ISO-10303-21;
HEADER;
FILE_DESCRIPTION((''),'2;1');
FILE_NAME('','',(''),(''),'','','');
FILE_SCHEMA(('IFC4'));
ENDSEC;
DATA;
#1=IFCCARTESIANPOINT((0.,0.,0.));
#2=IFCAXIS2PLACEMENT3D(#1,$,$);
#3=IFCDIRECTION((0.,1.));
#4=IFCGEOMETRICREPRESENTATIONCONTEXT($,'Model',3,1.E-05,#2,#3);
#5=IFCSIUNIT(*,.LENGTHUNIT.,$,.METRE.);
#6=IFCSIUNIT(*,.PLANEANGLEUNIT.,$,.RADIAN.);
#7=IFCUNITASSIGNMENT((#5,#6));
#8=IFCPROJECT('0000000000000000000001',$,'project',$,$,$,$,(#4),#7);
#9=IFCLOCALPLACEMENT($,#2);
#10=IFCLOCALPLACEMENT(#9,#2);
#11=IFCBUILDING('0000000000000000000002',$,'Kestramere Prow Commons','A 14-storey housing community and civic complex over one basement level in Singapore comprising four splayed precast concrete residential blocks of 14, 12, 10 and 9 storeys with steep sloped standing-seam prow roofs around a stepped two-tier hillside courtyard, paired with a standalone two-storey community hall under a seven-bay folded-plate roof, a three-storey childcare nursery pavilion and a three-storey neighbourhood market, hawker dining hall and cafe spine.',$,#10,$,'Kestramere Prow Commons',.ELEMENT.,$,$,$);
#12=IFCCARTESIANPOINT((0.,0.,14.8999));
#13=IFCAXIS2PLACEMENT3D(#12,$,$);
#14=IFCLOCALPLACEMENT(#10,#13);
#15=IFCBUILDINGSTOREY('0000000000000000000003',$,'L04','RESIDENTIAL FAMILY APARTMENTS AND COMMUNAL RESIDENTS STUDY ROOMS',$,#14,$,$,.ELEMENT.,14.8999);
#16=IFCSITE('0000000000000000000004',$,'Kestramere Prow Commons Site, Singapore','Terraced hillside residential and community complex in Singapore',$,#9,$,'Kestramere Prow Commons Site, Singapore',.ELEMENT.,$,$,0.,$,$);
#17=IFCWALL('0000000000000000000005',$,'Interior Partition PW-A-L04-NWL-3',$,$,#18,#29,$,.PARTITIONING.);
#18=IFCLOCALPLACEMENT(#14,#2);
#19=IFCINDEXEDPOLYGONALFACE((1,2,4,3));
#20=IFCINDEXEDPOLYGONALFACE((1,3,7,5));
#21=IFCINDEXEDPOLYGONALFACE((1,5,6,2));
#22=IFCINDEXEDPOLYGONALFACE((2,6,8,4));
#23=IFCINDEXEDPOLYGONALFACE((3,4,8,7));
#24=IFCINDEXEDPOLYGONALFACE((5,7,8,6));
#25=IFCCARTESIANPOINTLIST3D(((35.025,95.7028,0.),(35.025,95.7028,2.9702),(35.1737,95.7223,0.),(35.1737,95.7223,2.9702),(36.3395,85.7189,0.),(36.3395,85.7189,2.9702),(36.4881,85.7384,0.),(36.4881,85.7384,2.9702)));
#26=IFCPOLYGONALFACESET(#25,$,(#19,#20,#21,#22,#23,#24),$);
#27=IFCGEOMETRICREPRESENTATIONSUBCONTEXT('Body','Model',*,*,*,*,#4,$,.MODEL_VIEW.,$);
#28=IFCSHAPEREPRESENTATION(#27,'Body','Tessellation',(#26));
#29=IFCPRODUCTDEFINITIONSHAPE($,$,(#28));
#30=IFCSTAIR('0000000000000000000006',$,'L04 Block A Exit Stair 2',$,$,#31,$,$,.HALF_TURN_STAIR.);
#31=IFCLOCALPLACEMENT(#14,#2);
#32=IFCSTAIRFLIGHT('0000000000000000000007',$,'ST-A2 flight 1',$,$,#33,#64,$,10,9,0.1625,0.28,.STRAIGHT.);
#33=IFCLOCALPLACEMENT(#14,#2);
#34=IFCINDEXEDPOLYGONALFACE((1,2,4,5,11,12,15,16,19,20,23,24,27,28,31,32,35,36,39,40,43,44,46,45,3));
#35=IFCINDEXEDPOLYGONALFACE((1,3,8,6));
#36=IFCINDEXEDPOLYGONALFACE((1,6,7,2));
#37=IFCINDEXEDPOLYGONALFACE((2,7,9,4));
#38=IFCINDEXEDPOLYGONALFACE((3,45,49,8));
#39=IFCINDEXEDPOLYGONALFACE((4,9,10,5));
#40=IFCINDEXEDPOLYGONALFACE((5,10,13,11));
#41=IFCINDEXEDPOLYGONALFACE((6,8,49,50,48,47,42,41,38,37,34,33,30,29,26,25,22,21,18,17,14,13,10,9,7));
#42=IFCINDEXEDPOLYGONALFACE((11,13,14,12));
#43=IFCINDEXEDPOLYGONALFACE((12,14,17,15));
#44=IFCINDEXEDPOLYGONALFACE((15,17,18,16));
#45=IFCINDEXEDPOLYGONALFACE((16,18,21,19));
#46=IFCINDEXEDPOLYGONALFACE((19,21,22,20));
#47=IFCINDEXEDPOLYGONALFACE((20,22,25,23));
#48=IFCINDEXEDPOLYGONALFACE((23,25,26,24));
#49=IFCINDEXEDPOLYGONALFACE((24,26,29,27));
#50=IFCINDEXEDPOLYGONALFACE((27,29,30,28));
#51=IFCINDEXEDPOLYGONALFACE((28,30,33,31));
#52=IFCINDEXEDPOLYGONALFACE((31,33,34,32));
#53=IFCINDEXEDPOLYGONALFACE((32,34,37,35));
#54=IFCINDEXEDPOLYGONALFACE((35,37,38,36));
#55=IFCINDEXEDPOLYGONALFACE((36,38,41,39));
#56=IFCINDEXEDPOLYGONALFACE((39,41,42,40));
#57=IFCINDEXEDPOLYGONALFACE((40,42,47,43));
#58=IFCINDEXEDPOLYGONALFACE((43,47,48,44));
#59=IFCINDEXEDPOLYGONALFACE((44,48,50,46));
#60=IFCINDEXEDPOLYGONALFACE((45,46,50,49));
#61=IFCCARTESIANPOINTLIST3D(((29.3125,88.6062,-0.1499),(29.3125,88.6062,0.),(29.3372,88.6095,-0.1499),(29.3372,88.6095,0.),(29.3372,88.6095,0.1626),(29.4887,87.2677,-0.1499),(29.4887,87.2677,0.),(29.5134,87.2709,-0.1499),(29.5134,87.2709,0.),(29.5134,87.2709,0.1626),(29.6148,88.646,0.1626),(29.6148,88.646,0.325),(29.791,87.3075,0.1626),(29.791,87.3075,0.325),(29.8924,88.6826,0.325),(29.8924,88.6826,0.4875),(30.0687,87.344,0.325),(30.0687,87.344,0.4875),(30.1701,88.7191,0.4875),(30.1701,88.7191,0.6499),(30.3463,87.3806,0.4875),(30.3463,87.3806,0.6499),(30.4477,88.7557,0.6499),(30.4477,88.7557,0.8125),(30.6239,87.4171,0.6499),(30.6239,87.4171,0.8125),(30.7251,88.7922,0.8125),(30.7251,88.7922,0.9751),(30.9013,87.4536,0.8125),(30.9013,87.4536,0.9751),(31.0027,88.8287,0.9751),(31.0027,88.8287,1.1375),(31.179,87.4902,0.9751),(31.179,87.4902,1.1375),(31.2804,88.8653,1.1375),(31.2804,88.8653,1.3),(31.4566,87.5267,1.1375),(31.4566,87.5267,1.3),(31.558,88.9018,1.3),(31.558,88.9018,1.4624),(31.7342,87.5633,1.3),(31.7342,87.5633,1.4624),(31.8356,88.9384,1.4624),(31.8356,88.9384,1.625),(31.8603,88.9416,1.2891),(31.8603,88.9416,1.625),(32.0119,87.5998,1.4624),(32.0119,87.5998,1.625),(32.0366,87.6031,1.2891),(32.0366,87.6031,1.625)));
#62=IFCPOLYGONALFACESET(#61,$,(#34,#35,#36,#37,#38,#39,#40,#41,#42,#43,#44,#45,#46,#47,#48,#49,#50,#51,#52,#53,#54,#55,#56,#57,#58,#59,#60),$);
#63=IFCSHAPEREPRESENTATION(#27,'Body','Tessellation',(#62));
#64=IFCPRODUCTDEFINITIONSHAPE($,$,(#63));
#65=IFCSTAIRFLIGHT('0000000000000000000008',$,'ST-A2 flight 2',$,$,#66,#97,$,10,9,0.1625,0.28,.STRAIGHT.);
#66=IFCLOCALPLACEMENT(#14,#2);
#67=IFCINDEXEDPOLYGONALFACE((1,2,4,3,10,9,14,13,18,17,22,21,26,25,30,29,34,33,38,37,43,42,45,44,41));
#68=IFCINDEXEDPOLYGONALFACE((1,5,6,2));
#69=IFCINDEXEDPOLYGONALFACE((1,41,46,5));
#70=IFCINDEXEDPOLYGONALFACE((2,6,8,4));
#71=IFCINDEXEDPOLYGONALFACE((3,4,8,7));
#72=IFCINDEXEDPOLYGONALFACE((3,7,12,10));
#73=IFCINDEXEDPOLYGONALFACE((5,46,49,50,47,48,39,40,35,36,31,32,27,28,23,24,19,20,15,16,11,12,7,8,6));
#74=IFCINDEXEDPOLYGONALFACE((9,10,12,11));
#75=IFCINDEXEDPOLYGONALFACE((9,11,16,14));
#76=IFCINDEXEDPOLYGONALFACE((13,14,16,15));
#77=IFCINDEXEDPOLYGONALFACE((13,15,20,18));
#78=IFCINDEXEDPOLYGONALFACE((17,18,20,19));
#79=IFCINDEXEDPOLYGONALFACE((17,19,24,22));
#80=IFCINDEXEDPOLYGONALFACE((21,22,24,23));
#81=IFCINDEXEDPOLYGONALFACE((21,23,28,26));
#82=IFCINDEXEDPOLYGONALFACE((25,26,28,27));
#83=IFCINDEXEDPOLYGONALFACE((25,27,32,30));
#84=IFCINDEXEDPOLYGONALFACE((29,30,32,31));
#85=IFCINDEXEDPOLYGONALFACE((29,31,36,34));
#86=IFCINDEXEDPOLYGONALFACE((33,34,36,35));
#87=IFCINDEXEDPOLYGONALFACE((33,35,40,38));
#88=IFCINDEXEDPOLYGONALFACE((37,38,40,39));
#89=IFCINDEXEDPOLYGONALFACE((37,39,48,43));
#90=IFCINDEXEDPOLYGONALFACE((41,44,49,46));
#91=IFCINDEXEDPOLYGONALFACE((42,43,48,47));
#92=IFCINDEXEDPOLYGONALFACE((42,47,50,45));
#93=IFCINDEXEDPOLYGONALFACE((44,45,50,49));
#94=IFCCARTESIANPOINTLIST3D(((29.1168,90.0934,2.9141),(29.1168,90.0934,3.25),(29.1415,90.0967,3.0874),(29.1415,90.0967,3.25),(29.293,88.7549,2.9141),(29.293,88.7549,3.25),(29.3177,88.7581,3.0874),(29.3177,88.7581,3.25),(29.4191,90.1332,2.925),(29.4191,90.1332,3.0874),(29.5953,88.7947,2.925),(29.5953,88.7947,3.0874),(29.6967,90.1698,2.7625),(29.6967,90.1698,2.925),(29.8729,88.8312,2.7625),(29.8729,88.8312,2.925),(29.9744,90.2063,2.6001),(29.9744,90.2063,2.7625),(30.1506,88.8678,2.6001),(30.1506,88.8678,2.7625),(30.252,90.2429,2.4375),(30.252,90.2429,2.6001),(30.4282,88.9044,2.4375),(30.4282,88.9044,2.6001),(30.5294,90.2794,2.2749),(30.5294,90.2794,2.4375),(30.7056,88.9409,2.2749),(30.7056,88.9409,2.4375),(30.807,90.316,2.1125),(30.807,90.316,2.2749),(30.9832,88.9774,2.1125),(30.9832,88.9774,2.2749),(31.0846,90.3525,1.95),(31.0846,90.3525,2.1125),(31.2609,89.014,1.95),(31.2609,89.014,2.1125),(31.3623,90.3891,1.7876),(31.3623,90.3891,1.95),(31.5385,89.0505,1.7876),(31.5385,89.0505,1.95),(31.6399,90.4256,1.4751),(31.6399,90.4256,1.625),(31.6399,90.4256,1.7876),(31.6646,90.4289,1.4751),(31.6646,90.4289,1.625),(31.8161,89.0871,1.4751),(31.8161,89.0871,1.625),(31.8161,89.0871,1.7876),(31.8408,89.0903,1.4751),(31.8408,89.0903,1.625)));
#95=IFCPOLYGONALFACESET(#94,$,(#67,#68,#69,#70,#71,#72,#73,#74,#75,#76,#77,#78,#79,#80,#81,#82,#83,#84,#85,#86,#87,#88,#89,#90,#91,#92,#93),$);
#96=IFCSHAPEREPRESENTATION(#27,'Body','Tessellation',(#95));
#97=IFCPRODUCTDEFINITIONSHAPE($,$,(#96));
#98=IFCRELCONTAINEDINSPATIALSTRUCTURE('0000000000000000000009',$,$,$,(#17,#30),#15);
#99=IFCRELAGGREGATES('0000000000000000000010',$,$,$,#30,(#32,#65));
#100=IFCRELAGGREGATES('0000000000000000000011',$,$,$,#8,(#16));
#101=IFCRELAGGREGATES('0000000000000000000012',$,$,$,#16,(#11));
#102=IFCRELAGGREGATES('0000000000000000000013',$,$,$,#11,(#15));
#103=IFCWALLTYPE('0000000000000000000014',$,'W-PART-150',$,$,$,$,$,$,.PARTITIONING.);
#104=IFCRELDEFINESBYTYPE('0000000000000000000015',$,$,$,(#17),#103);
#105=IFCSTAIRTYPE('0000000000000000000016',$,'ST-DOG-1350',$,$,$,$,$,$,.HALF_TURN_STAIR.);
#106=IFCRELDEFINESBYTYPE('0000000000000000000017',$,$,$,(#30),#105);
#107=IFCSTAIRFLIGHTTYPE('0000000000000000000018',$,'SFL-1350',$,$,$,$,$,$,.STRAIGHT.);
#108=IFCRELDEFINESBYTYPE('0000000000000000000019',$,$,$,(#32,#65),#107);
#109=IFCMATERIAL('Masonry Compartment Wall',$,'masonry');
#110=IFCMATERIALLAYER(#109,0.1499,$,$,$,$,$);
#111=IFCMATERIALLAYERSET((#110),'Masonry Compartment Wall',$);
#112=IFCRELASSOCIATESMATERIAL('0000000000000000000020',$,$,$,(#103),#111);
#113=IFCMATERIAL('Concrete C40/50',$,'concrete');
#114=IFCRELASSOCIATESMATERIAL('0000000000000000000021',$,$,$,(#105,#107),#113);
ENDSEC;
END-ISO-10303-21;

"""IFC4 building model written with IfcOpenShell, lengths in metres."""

from ifc_helpers import new_model, si_unit, direction, frame, frame_2d, origin, place, context, subcontext, project, spatial, polyline, rectangle, outline, extrude, material, layer, layer_set, type_object, element, aggregate, save


model = new_model("IFC4")

# Units and contexts
model_context = context("Model", 3, precision=1e-05, world=origin(), true_north=direction((0.0, 1.0)))
body_context = subcontext(model_context, "Body", "Model", "MODEL_VIEW")
ifc_project = project(units=[si_unit("LENGTHUNIT", "METRE"), si_unit("PLANEANGLEUNIT", "RADIAN")], contexts=[model_context])

# Site, building, storey
site_placement = place(None, origin())
site = spatial("IfcSite", under=ifc_project, at=site_placement, Name="Kestramere Prow Commons Site, Singapore", Description="Terraced hillside residential and community complex in Singapore", LongName="Kestramere Prow Commons Site, Singapore", CompositionType="ELEMENT", RefElevation=0.0)
building_placement = place(site_placement, origin())
building = spatial("IfcBuilding", under=site, at=building_placement, Name="Kestramere Prow Commons", Description="A 14-storey housing community and civic complex over one basement level in Singapore comprising four splayed precast concrete residential blocks of 14, 12, 10 and 9 storeys with steep sloped standing-seam prow roofs around a stepped two-tier hillside courtyard, paired with a standalone two-storey community hall under a seven-bay folded-plate roof, a three-storey childcare nursery pavilion and a three-storey neighbourhood market, hawker dining hall and cafe spine.", LongName="Kestramere Prow Commons", CompositionType="ELEMENT")
storey_placement = place(building_placement, frame((0.0, 0.0, 14.8999)))
storey = spatial("IfcBuildingStorey", under=building, at=storey_placement, Name="L04", Description="RESIDENTIAL FAMILY APARTMENTS AND COMMUNAL RESIDENTS STUDY ROOMS", CompositionType="ELEMENT", Elevation=14.8999)

# Shared definitions
ifc_material_1 = material(Name="Concrete C40/50", Category="concrete")

# Shared definitions
ifc_material_2 = material(Name="Masonry Compartment Wall", Category="masonry")

# Wall
ifc_layer_1 = layer(ifc_material_2, 0.1499)
ifc_layer_set_1 = layer_set([ifc_layer_1], Name="Masonry Compartment Wall")
wall_type_1 = type_object("IfcWallType", Name="W-PART-150", PredefinedType="PARTITIONING", material=ifc_layer_set_1)
wall_1_placement = place(storey_placement, frame((36.4138, 85.7285, 0.0), z_axis=(0.0, 0.0, 1.0), x_axis=(-0.130531, 0.991444, 0.0)))
element("IfcWall", 1, at=wall_1_placement, inside=storey, type_object=wall_type_1, Name="Interior Partition PW-A-L04-NWL-3", PredefinedType="PARTITIONING", context=body_context, shape_type="SweptSolid", body=[
    extrude(rectangle(XDim=10.0701, YDim=0.1499, at=frame_2d((5.0352, 0.0))), origin(), (0.0, 0.0, 1.0), 2.9702),
])

# Stair, stair flights
stair_type = type_object("IfcStairType", Name="ST-DOG-1350", PredefinedType="HALF_TURN_STAIR", material=ifc_material_1)
stair_placement = place(storey_placement, origin())
stair = element("IfcStair", 2, at=stair_placement, inside=storey, type_object=stair_type, Name="L04 Block A Exit Stair 2", PredefinedType="HALF_TURN_STAIR")
stair_flight_type = type_object("IfcStairFlightType", Name="SFL-1350", PredefinedType="STRAIGHT", material=ifc_material_1)
stair_flight_1_placement = place(storey_placement, frame((29.4253, 87.9402, 0.0), z_axis=(0.0, 0.0, 1.0), x_axis=(0.991445, 0.130526, 0.0)))
stair_flight_1 = element("IfcStairFlight", 3, at=stair_flight_1_placement, type_object=stair_flight_type, Name="ST-A2 flight 1", NumberOfRisers=10, NumberOfTreads=9, PredefinedType="STRAIGHT", RiserHeight=0.1625, TreadLength=0.28, context=body_context, shape_type="SweptSolid", body=[
    extrude(outline(polyline([(-0.0249, 0.0), (0.0, 0.0), (0.0, 0.1626), (0.28, 0.1626), (0.28, 0.325), (0.5601, 0.325), (0.5601, 0.4875), (0.8401, 0.4875), (0.8401, 0.6499), (1.1201, 0.6499), (1.1201, 0.8125), (1.3999, 0.8125), (1.3999, 0.9751), (1.6799, 0.9751), (1.6799, 1.1375), (1.96, 1.1375), (1.96, 1.3), (2.24, 1.3), (2.24, 1.4624), (2.52, 1.4624), (2.52, 1.625), (2.5449, 1.625), (2.5449, 1.2891), (0.0, -0.1499), (-0.0249, -0.1499), (-0.0249, 0.0)])), frame((0.0, 0.675, 0.0), z_axis=(0.0, -1.0, 0.0), x_axis=(1.0, 0.0, 0.0)), (0.0, 0.0, 1.0), 1.3501),
])
stair_flight_2_placement = place(storey_placement, frame((31.728, 89.7563, 1.625), z_axis=(0.0, 0.0, 1.0), x_axis=(-0.991445, -0.130526, 0.0)))
stair_flight_2 = element("IfcStairFlight", 4, at=stair_flight_2_placement, type_object=stair_flight_type, Name="ST-A2 flight 2", NumberOfRisers=10, NumberOfTreads=9, PredefinedType="STRAIGHT", RiserHeight=0.1625, TreadLength=0.28, context=body_context, shape_type="SweptSolid", body=[
    extrude(outline(polyline([(-0.0249, 0.0), (0.0, 0.0), (0.0, 0.1626), (0.28, 0.1626), (0.28, 0.325), (0.5601, 0.325), (0.5601, 0.4875), (0.8401, 0.4875), (0.8401, 0.6499), (1.1201, 0.6499), (1.1201, 0.8125), (1.3999, 0.8125), (1.3999, 0.9751), (1.6799, 0.9751), (1.6799, 1.1375), (1.96, 1.1375), (1.96, 1.3), (2.24, 1.3), (2.24, 1.4624), (2.52, 1.4624), (2.52, 1.625), (2.5449, 1.625), (2.5449, 1.2891), (0.0, -0.1499), (-0.0249, -0.1499), (-0.0249, 0.0)])), frame((0.0, 0.675, 0.0), z_axis=(0.0, -1.0, 0.0), x_axis=(1.0, 0.0, 0.0)), (0.0, 0.0, 1.0), 1.3501),
])
aggregate(stair, [stair_flight_1, stair_flight_2])

save(model, "model.ifc")
